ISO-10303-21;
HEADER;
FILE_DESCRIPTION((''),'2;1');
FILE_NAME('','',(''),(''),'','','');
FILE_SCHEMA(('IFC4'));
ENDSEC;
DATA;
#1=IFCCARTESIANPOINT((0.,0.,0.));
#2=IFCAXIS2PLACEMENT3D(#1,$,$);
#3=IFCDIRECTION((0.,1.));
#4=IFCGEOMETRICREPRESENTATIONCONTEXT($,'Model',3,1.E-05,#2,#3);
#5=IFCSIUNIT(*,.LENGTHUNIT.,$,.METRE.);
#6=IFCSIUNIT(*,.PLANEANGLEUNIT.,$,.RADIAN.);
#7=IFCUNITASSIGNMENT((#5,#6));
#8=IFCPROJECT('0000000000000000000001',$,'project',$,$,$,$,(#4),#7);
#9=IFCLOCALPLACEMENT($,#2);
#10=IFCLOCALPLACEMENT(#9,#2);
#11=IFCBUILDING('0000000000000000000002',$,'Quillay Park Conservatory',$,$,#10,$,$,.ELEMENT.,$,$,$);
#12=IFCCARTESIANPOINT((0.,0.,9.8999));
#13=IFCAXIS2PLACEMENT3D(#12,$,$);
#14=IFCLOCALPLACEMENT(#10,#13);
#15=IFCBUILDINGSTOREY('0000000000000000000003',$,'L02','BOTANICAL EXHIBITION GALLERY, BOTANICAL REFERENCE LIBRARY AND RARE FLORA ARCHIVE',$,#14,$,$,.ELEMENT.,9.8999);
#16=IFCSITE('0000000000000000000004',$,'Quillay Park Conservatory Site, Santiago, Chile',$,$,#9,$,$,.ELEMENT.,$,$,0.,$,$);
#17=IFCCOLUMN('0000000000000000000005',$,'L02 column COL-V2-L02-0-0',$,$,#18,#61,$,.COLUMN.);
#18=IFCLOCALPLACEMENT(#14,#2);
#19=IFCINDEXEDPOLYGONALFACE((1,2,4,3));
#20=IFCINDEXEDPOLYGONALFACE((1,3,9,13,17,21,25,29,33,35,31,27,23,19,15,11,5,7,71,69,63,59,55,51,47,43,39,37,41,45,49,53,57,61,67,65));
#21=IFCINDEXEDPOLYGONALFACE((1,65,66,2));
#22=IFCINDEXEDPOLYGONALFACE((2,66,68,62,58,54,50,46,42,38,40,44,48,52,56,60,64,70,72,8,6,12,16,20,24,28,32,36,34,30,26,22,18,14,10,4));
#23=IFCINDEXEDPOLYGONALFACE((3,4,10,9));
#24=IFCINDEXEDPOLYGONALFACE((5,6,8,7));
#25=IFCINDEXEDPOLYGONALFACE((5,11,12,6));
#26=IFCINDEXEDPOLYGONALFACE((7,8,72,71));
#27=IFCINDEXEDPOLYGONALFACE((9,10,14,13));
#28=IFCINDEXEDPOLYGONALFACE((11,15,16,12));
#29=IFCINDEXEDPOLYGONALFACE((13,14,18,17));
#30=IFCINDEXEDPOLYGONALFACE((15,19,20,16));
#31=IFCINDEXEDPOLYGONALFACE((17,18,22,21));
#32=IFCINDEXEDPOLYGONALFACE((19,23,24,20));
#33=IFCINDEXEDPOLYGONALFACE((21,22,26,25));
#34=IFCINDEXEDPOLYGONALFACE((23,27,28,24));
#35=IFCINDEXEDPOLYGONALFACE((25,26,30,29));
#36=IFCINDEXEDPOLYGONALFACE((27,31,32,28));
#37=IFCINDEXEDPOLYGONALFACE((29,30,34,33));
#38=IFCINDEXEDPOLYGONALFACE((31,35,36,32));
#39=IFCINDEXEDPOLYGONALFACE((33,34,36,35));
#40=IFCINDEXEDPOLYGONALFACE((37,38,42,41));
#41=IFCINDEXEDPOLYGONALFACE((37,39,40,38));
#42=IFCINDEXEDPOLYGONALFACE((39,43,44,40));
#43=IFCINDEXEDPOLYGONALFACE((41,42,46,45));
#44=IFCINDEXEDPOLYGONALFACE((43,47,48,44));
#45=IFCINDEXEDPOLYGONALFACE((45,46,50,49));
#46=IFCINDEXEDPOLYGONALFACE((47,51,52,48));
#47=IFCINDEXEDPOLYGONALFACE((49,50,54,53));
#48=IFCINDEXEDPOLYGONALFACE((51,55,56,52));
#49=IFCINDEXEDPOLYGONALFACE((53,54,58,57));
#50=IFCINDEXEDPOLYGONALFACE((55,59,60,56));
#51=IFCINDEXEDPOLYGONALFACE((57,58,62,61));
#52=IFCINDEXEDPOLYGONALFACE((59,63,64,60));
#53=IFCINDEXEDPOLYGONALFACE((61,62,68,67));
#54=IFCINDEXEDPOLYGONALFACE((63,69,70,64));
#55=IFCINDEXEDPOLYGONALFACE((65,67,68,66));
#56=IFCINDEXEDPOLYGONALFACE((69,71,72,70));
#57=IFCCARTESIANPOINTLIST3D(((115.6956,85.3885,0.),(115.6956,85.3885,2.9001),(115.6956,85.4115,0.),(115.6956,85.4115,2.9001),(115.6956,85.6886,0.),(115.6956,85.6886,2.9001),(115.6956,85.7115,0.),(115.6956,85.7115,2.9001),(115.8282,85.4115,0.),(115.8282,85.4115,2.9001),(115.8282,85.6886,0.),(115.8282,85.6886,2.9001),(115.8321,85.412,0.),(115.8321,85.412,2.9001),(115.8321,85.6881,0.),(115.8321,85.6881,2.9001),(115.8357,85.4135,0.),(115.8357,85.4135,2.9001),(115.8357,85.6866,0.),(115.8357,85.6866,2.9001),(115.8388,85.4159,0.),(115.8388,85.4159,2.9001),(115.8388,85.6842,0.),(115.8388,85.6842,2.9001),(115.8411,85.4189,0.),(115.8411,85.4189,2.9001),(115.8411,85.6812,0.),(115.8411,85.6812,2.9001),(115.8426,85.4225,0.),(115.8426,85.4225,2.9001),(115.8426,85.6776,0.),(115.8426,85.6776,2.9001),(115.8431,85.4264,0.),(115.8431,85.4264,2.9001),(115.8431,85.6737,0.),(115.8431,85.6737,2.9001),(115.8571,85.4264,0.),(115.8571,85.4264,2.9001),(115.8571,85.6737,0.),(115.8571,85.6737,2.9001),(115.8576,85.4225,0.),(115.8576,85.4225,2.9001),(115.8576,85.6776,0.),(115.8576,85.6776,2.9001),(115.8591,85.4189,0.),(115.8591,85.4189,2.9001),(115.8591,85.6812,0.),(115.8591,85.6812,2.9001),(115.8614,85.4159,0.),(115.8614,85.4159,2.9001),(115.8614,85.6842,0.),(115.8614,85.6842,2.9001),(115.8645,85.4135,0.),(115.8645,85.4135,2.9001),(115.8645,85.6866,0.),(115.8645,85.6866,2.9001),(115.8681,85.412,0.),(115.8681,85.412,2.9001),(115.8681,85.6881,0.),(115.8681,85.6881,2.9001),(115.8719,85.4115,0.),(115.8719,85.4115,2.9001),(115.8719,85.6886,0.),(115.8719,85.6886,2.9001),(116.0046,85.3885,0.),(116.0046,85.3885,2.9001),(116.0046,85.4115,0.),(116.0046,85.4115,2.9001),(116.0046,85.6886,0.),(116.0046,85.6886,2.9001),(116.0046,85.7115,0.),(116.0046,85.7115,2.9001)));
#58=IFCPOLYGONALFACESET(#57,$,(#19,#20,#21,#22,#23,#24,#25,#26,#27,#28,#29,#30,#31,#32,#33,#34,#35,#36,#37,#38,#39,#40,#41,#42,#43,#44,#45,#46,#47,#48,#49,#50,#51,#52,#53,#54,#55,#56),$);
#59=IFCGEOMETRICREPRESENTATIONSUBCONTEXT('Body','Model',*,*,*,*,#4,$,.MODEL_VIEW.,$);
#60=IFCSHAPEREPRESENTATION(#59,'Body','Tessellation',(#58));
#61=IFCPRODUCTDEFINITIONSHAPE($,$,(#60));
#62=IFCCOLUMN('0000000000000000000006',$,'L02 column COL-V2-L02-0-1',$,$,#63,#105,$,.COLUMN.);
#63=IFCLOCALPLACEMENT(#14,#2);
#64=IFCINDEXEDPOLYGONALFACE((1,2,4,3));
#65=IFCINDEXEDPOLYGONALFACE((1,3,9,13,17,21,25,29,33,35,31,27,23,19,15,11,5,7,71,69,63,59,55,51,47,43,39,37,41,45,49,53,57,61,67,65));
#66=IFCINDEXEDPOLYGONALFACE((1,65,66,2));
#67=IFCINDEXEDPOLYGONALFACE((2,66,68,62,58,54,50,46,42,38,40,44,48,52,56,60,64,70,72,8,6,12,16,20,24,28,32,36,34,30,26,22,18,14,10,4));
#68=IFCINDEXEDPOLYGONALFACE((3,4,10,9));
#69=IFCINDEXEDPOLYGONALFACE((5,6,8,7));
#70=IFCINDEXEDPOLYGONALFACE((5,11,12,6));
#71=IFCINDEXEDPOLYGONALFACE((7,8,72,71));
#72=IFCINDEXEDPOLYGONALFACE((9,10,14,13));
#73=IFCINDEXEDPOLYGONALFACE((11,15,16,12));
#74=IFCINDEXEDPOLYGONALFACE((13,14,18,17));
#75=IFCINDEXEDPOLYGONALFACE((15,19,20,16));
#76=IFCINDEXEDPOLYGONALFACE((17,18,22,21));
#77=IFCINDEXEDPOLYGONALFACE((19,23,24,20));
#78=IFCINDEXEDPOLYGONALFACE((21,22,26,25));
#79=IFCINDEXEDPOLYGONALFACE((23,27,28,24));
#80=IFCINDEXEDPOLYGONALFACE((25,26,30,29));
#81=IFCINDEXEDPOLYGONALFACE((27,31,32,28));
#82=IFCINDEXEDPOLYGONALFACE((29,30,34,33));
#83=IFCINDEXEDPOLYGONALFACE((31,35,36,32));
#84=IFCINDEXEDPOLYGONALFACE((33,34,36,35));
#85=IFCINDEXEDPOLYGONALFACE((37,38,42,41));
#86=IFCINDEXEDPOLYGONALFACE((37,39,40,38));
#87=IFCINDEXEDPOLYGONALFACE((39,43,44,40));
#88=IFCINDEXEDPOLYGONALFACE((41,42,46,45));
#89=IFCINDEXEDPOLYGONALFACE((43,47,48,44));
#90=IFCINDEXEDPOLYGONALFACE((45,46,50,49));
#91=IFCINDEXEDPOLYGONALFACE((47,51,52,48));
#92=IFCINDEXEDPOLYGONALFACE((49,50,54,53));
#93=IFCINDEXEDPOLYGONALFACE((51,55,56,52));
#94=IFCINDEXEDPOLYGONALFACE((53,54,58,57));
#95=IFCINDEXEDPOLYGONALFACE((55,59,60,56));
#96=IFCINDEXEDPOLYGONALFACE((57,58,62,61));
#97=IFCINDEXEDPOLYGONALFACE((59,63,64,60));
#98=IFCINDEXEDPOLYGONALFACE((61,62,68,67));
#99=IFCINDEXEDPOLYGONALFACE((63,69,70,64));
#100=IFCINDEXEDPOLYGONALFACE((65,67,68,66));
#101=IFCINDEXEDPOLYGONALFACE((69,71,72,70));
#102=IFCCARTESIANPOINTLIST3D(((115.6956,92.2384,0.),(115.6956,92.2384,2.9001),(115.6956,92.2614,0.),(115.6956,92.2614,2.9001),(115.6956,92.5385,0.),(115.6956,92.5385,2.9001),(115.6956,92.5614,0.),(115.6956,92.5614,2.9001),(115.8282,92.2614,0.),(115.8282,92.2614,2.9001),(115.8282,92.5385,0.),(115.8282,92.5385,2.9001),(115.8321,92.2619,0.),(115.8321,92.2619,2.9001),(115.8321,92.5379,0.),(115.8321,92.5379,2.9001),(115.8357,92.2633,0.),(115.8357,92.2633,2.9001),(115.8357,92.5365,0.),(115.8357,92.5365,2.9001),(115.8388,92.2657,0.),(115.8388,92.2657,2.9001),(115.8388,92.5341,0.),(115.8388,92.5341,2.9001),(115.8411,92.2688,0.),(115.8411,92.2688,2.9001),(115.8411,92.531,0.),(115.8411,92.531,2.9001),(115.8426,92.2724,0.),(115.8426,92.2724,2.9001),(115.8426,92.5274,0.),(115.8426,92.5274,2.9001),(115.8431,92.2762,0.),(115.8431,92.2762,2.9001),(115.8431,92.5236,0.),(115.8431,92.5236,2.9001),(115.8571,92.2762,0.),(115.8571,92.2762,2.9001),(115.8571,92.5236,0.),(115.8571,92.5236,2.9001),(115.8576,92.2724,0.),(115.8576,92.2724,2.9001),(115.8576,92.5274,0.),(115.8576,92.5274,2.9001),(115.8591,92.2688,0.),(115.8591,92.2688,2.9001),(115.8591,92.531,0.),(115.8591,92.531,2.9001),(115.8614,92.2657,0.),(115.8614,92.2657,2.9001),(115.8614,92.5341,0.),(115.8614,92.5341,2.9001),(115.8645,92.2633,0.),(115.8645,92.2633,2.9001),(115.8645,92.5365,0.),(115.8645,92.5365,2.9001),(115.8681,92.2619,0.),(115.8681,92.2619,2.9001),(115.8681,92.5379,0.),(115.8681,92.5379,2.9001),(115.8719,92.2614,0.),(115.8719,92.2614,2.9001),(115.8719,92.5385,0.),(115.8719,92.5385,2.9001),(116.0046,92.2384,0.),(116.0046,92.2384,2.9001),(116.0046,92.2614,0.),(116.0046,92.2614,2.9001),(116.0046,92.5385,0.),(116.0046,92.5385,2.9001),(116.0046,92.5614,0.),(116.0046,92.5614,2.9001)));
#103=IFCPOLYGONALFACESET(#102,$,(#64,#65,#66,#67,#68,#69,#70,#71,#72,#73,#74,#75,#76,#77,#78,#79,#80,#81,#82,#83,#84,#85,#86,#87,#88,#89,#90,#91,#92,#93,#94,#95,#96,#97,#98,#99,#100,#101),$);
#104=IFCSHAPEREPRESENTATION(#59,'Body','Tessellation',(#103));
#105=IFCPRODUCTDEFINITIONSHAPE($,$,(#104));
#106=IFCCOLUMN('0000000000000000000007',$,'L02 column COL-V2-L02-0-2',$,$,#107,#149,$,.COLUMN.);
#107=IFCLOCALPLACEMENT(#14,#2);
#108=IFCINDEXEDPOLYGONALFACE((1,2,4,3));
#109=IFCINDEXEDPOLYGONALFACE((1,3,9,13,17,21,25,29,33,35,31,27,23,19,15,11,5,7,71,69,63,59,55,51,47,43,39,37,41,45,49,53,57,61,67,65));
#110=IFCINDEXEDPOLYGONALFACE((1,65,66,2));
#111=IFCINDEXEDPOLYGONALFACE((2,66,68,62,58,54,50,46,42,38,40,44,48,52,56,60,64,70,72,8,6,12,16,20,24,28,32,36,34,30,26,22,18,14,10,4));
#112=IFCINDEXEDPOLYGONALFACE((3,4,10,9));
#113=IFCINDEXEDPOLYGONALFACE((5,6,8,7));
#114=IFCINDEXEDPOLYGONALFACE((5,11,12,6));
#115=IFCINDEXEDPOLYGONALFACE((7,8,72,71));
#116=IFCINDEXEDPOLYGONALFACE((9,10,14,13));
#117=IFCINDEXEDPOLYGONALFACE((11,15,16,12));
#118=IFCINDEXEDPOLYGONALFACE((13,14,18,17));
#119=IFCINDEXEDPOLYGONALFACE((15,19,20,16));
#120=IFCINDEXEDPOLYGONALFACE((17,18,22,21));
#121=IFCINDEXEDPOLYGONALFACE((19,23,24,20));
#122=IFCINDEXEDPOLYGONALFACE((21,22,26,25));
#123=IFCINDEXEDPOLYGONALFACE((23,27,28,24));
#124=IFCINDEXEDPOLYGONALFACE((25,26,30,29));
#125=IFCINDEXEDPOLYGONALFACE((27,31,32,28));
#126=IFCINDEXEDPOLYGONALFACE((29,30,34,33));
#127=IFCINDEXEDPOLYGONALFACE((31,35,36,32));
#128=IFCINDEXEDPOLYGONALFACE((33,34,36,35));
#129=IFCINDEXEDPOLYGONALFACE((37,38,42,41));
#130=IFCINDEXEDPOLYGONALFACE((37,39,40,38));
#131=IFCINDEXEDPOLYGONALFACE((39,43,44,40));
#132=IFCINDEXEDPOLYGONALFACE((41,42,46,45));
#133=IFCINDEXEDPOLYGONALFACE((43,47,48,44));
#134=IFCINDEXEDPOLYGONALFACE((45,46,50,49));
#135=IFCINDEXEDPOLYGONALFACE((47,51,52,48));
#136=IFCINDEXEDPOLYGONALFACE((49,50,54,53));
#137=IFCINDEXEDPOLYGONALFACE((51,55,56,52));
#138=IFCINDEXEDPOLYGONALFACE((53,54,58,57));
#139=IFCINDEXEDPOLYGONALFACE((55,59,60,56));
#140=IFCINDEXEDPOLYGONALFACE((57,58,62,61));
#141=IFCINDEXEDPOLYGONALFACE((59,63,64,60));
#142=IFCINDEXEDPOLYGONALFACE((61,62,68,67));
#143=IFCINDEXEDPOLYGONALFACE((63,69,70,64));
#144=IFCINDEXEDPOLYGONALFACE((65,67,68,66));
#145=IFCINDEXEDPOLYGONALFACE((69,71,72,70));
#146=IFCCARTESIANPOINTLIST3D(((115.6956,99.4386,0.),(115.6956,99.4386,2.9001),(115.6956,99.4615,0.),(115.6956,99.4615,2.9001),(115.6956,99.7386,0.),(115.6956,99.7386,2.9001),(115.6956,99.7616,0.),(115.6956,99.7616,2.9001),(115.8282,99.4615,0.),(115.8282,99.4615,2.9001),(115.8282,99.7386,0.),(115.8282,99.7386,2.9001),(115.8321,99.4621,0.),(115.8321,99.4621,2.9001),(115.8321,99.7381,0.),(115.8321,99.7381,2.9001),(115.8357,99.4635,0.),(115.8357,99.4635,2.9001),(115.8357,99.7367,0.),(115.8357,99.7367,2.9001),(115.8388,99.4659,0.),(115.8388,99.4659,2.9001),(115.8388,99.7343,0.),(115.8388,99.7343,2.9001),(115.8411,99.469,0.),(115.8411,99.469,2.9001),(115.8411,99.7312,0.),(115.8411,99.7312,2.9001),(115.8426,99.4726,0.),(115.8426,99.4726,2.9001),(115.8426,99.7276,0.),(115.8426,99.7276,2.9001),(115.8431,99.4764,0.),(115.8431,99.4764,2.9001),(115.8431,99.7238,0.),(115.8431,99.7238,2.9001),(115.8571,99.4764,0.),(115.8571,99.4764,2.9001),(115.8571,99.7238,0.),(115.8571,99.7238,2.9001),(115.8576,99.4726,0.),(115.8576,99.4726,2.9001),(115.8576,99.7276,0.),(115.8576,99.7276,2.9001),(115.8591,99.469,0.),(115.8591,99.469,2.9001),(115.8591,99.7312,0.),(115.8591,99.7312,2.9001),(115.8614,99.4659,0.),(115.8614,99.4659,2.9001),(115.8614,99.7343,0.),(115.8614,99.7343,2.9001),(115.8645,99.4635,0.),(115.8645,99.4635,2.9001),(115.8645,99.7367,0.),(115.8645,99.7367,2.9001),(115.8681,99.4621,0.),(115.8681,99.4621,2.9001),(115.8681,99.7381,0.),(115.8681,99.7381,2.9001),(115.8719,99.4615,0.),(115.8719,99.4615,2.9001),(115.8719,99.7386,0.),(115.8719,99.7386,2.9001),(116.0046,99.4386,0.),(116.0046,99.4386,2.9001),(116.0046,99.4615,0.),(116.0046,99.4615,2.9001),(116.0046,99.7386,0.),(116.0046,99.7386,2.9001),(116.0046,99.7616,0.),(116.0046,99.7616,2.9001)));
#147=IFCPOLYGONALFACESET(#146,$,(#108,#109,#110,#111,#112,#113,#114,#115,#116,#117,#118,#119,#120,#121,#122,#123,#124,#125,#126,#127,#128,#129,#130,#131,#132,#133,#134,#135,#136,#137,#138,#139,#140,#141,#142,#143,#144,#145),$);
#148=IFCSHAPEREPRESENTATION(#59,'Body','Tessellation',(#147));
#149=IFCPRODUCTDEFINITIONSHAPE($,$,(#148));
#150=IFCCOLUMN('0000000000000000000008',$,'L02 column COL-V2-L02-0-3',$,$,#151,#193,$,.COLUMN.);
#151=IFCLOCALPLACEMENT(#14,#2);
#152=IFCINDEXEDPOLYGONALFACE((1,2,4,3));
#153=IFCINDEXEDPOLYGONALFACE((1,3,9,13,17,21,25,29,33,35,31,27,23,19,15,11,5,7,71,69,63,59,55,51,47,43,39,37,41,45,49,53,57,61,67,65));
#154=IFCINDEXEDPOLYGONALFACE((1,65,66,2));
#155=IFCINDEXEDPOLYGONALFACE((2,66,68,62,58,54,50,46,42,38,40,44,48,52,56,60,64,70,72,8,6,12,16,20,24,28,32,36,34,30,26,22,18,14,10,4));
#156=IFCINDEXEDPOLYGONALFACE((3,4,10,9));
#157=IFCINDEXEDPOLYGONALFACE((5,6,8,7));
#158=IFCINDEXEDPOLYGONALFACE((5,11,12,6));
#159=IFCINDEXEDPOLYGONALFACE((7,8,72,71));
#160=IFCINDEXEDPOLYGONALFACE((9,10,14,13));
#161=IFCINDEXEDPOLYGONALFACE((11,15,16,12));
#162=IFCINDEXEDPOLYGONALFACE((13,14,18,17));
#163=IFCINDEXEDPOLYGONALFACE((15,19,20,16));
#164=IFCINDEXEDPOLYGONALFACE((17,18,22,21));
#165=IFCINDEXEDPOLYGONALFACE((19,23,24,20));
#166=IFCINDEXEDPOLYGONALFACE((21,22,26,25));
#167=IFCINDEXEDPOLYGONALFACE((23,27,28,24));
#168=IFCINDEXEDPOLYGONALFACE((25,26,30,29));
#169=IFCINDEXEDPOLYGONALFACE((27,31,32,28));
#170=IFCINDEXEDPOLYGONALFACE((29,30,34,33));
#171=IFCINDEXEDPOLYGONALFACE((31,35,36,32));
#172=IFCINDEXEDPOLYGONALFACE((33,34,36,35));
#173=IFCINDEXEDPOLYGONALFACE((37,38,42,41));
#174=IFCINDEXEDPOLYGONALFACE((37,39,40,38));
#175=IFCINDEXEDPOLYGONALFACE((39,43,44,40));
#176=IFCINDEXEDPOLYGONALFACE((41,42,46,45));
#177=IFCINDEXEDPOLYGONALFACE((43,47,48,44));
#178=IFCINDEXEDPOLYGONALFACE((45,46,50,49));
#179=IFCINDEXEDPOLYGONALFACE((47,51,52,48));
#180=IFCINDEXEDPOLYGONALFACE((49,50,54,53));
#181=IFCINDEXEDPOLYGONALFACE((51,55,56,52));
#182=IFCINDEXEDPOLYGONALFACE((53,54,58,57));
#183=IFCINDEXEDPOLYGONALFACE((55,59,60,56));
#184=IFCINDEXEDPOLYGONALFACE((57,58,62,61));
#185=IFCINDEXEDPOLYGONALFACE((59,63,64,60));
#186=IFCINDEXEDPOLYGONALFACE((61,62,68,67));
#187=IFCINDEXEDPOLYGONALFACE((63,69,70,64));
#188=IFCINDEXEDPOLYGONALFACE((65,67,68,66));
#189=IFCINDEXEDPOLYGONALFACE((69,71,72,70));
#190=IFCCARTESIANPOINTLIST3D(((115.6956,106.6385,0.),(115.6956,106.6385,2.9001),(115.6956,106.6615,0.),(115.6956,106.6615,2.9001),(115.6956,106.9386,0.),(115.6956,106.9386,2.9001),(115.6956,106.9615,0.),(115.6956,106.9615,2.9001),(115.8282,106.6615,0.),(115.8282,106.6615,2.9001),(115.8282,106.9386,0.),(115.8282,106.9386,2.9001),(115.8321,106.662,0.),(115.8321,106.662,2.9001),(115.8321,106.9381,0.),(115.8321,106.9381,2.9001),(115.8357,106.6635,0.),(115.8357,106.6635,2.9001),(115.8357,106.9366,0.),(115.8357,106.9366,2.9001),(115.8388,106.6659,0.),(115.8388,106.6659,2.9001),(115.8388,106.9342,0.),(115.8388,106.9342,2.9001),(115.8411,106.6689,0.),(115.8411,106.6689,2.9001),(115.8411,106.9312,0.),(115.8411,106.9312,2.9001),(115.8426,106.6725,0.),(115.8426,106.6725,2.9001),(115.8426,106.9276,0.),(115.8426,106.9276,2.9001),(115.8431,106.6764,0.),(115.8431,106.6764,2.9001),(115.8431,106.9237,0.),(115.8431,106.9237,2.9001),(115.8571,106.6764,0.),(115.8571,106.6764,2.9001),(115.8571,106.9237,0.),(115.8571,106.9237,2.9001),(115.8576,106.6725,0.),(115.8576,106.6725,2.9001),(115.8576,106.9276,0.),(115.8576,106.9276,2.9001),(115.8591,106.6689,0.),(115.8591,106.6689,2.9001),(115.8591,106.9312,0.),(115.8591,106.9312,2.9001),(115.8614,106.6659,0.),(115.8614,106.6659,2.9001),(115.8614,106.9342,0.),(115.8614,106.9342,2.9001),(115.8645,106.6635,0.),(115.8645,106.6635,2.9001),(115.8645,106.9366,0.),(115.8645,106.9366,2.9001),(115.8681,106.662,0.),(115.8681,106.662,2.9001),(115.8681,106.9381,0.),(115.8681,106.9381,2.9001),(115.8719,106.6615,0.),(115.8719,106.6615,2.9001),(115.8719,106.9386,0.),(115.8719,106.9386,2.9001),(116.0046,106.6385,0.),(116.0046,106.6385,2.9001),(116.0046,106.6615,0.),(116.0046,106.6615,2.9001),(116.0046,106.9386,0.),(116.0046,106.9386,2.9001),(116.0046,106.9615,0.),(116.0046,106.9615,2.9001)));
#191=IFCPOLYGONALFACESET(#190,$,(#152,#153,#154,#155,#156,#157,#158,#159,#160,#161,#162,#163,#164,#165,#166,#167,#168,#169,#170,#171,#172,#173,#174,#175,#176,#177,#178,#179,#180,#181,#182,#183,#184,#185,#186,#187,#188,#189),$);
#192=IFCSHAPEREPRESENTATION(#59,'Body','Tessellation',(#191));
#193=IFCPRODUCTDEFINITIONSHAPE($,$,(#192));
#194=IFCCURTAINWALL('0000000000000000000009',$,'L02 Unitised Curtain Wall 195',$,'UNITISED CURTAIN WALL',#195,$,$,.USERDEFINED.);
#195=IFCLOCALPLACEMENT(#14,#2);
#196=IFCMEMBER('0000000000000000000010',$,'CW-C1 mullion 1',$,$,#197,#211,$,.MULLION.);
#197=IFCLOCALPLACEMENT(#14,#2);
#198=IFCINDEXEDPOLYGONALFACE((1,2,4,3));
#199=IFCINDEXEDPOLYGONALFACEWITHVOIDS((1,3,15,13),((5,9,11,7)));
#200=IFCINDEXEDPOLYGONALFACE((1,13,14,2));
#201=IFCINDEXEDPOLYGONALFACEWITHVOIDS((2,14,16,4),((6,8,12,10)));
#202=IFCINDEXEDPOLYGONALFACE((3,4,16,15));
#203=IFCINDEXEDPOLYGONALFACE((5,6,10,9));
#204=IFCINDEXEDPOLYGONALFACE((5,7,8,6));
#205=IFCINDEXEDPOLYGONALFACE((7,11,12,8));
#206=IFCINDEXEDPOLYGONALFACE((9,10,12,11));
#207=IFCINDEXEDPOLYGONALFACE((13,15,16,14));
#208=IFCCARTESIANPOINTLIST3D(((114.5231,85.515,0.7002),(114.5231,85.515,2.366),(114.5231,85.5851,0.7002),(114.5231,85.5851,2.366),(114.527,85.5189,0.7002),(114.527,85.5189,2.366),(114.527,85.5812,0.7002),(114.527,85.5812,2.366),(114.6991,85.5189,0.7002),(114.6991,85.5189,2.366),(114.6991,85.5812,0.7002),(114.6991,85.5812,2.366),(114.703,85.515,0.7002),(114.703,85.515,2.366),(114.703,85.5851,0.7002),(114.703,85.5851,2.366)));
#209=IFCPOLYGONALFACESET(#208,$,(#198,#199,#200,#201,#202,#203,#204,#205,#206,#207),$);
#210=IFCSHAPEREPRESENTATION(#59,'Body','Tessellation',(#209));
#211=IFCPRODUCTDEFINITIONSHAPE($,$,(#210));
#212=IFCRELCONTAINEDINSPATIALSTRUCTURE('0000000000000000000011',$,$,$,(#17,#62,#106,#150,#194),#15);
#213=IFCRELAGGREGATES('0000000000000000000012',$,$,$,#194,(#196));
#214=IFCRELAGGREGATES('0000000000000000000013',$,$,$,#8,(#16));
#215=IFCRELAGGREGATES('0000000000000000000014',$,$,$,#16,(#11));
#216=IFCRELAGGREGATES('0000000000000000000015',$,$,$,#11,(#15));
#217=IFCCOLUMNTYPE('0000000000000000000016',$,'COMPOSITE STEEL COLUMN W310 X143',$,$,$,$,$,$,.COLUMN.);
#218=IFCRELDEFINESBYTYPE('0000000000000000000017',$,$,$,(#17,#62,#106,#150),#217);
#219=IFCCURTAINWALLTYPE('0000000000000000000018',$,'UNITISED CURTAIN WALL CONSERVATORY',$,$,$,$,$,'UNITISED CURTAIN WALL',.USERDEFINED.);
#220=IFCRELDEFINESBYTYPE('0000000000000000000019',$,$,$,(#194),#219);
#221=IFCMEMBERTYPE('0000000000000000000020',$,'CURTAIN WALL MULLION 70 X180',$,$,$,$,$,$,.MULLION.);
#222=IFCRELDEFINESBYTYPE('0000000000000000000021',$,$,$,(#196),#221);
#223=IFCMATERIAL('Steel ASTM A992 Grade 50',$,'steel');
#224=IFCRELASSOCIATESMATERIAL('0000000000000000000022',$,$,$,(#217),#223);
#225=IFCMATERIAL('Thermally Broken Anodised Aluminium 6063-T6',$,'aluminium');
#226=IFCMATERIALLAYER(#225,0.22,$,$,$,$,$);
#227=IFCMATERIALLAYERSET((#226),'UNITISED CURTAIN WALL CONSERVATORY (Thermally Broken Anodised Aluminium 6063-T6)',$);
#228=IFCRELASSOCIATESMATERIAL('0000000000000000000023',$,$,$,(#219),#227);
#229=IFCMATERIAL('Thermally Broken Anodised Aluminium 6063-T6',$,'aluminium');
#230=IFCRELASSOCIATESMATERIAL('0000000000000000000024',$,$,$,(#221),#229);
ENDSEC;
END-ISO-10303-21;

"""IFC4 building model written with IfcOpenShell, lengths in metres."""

from ifc_helpers import new_model, si_unit, direction, frame, origin, origin_2d, place, context, subcontext, project, spatial, hollow_rectangle, i_section, extrude, material, layer, layer_set, material_profile, profile_set, type_object, element, aggregate, save


model = new_model("IFC4")

# Units and contexts
model_context = context("Model", 3, precision=1e-05, world=origin(), true_north=direction((0.0, 1.0)))
body_context = subcontext(model_context, "Body", "Model", "MODEL_VIEW")
ifc_project = project(units=[si_unit("LENGTHUNIT", "METRE"), si_unit("PLANEANGLEUNIT", "RADIAN")], contexts=[model_context])

# Site, building, storey
site_placement = place(None, origin())
site = spatial("IfcSite", under=ifc_project, at=site_placement, Name="Quillay Park Conservatory Site, Santiago, Chile", CompositionType="ELEMENT", RefElevation=0.0)
building_placement = place(site_placement, origin())
building = spatial("IfcBuilding", under=site, at=building_placement, Name="Quillay Park Conservatory", CompositionType="ELEMENT")
storey_placement = place(building_placement, frame((0.0, 0.0, 9.8999)))
storey = spatial("IfcBuildingStorey", under=building, at=storey_placement, Name="L02", Description="BOTANICAL EXHIBITION GALLERY, BOTANICAL REFERENCE LIBRARY AND RARE FLORA ARCHIVE", CompositionType="ELEMENT", Elevation=9.8999)

# Columns
ifc_material_1 = material(Name="Steel ASTM A992 Grade 50", Category="steel")
ifc_material_profile_1 = material_profile(ifc_material_1, i_section(OverallWidth=0.3091, OverallDepth=0.323, WebThickness=0.0139, FlangeThickness=0.0229, FilletRadius=0.0149, at=origin_2d()), Name="W310x143")
ifc_profile_set_1 = profile_set([ifc_material_profile_1], Name="Steel ASTM A992 Grade 50")
column_type = type_object("IfcColumnType", Name="COMPOSITE STEEL COLUMN W310 X143", PredefinedType="COLUMN", material=ifc_profile_set_1)
for number, where, z_axis, x_axis, name in (
    (1, (115.8501, 85.55, 0.0), (0.0, 0.0, 1.0), (1.0, 0.0, 0.0), "L02 column COL-V2-L02-0-0"),
    (2, (115.8501, 92.3999, 0.0), (0.0, 0.0, 1.0), (1.0, 0.0, 0.0), "L02 column COL-V2-L02-0-1"),
    (3, (115.8501, 99.6001, 0.0), (0.0, 0.0, 1.0), (1.0, 0.0, 0.0), "L02 column COL-V2-L02-0-2"),
    (4, (115.8501, 106.8, 0.0), (0.0, 0.0, 1.0), (1.0, 0.0, 0.0), "L02 column COL-V2-L02-0-3"),
):
    element("IfcColumn", number, at=place(storey_placement, frame(where, z_axis=z_axis, x_axis=x_axis)), inside=storey, type_object=column_type, Name=name, PredefinedType="COLUMN", context=body_context, shape_type="SweptSolid", body=[
        extrude(i_section(OverallWidth=0.3091, OverallDepth=0.323, WebThickness=0.0139, FlangeThickness=0.0229, FilletRadius=0.0149, at=origin_2d()), origin(), (0.0, 0.0, 1.0), 2.9001),
    ])

# Curtain wall, member
ifc_material_2 = material(Name="Thermally Broken Anodised Aluminium 6063-T6", Category="aluminium")
ifc_layer_1 = layer(ifc_material_2, 0.22)
ifc_layer_set_1 = layer_set([ifc_layer_1], Name="UNITISED CURTAIN WALL CONSERVATORY (Thermally Broken Anodised Aluminium 6063-T6)")
curtain_wall_type = type_object("IfcCurtainWallType", Name="UNITISED CURTAIN WALL CONSERVATORY", ElementType="UNITISED CURTAIN WALL", PredefinedType="USERDEFINED", material=ifc_layer_set_1)
curtain_wall_placement = place(storey_placement, origin())
curtain_wall = element("IfcCurtainWall", 5, at=curtain_wall_placement, inside=storey, type_object=curtain_wall_type, Name="L02 Unitised Curtain Wall 195", ObjectType="UNITISED CURTAIN WALL", PredefinedType="USERDEFINED")
ifc_material_3 = material(Name="Thermally Broken Anodised Aluminium 6063-T6", Category="aluminium")
ifc_material_profile_2 = material_profile(ifc_material_3, hollow_rectangle(XDim=0.0701, YDim=0.1799, WallThickness=0.0039, at=origin_2d()), Name="AL70x180x4")
ifc_profile_set_2 = profile_set([ifc_material_profile_2], Name="Thermally Broken Anodised Aluminium 6063-T6")
member_type_1 = type_object("IfcMemberType", Name="CURTAIN WALL MULLION 70 X180", PredefinedType="MULLION", material=ifc_profile_set_2)
member_1_placement = place(storey_placement, frame((114.613, 85.55, 0.7002), z_axis=(0.0, 0.0, 1.0), x_axis=(0.0, -1.0, 0.0)))
member_1 = element("IfcMember", 6, at=member_1_placement, type_object=member_type_1, Name="CW-C1 mullion 1", PredefinedType="MULLION", context=body_context, shape_type="SweptSolid", body=[
    extrude(hollow_rectangle(XDim=0.0701, YDim=0.1799, WallThickness=0.0039, at=origin_2d()), origin(), (0.0, 0.0, 1.0), 1.6658),
])

aggregate(curtain_wall, [member_1])

save(model, "model.ifc")
